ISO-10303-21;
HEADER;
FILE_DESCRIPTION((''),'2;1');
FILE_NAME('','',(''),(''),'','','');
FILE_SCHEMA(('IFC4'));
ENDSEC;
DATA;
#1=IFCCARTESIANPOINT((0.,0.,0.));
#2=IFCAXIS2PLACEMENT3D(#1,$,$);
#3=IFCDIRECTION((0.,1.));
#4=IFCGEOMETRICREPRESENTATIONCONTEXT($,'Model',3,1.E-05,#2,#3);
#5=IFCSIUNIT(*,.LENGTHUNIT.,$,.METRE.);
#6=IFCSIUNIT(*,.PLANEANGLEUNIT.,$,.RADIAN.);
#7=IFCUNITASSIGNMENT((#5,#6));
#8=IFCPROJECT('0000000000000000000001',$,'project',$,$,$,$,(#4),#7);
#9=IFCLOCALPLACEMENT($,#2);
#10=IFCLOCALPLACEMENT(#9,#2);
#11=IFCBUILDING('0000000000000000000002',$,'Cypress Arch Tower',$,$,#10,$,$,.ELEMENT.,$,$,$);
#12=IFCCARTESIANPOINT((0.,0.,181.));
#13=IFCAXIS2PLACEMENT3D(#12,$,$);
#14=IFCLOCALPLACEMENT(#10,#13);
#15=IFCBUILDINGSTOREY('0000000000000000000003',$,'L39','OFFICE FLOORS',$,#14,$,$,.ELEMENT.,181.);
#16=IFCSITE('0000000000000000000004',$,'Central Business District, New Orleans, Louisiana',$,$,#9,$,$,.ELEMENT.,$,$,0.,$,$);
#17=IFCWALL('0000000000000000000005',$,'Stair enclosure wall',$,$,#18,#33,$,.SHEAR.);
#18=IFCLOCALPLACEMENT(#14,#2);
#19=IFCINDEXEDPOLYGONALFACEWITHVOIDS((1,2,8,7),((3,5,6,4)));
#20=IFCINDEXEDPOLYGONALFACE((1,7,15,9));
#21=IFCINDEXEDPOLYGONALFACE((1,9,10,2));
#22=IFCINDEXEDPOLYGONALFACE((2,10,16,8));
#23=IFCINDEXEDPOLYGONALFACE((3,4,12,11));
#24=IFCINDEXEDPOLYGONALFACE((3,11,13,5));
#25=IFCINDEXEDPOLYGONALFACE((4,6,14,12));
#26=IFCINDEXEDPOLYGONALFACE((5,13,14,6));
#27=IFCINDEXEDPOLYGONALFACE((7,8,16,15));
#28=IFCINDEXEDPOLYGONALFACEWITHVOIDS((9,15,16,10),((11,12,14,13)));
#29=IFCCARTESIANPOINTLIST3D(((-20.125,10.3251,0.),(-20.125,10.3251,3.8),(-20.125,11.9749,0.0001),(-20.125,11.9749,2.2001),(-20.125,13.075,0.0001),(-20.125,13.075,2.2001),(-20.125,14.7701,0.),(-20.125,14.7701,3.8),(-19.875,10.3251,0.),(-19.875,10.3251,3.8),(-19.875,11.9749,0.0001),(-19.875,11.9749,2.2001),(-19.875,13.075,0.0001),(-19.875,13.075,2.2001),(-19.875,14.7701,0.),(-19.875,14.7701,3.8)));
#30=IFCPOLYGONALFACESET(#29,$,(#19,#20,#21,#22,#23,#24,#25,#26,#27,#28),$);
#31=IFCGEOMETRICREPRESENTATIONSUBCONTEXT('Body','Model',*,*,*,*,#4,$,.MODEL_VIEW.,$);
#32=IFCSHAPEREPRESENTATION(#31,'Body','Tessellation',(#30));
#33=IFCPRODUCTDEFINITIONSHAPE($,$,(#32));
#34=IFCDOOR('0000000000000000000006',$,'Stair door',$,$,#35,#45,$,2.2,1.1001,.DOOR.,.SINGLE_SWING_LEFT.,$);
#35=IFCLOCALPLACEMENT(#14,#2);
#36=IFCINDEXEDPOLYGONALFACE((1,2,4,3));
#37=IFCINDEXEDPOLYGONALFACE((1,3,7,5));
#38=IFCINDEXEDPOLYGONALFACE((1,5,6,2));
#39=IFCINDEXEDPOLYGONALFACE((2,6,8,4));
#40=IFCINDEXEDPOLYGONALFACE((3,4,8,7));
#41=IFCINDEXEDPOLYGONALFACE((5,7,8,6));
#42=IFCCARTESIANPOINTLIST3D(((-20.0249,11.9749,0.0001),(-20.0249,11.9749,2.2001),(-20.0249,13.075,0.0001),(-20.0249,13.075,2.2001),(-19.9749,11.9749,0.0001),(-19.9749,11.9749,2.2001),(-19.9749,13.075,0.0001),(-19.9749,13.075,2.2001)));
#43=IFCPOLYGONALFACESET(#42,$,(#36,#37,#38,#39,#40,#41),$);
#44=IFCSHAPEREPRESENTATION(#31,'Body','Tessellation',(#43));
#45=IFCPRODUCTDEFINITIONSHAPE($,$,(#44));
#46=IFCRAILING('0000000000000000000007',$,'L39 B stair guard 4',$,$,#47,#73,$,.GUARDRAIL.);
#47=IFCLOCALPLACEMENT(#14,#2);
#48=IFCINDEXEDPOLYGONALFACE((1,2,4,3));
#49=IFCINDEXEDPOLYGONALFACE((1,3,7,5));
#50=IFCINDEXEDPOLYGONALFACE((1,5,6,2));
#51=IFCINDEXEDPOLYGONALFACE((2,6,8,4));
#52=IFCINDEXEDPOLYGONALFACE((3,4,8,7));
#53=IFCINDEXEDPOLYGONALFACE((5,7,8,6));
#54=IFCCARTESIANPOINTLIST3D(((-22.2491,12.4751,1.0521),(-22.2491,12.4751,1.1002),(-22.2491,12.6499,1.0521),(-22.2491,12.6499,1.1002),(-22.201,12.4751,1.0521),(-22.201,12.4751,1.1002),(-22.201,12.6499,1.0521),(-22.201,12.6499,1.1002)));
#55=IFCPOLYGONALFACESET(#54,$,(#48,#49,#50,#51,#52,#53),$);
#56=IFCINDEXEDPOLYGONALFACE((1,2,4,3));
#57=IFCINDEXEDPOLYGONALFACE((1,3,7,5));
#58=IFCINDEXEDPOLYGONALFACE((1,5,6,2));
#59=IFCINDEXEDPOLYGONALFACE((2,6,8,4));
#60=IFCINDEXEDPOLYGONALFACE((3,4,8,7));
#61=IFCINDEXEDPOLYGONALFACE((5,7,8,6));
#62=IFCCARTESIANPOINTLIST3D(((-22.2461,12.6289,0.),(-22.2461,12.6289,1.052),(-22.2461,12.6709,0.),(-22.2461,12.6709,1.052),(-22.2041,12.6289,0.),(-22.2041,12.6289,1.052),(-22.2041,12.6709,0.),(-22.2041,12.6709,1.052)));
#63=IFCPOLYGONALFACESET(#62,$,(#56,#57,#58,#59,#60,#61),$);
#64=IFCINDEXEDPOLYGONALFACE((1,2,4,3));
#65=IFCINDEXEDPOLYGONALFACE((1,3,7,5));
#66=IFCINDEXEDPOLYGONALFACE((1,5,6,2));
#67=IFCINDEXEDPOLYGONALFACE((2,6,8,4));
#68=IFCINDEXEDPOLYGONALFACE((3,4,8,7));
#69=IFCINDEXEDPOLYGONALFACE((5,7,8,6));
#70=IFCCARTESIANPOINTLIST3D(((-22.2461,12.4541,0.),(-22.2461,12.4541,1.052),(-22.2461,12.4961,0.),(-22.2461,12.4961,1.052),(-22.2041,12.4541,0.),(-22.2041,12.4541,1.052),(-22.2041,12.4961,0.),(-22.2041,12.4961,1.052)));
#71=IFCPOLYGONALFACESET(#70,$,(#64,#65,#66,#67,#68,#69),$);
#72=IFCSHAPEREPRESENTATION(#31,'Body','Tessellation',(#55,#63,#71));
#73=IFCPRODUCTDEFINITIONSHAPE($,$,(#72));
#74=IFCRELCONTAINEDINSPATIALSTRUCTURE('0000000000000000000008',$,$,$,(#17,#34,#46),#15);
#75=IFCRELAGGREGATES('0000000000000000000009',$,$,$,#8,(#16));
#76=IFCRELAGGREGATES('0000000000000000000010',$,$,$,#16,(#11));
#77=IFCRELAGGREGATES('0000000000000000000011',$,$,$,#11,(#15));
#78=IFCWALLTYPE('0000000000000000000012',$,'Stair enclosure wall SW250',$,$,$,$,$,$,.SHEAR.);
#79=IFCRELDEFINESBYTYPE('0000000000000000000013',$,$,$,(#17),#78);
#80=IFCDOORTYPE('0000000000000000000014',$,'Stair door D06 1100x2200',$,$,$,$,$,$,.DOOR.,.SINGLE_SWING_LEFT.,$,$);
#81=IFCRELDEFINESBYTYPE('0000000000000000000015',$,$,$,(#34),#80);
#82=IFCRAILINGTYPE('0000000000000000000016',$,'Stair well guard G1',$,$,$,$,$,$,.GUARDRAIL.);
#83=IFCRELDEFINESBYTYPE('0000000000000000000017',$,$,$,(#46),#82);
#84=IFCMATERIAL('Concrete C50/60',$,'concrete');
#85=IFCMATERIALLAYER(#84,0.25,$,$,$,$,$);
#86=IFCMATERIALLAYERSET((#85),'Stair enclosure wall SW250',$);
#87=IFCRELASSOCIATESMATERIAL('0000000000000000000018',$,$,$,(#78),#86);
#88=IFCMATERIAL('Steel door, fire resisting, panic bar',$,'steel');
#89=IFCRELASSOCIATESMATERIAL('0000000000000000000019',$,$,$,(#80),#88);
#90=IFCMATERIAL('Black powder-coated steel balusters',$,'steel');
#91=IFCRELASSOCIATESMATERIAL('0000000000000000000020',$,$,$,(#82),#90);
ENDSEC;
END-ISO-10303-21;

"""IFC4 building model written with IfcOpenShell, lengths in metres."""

from ifc_helpers import new_model, si_unit, direction, frame, frame_2d, origin, origin_2d, place, context, subcontext, project, spatial, rectangle, extrude, material, layer, layer_set, type_object, element, fill, save


model = new_model("IFC4")

# Units and contexts
model_context = context("Model", 3, precision=1e-05, world=origin(), true_north=direction((0.0, 1.0)))
body_context = subcontext(model_context, "Body", "Model", "MODEL_VIEW")
ifc_project = project(units=[si_unit("LENGTHUNIT", "METRE"), si_unit("PLANEANGLEUNIT", "RADIAN")], contexts=[model_context])

# Site, building, storey
site_placement = place(None, origin())
site = spatial("IfcSite", under=ifc_project, at=site_placement, Name="Central Business District, New Orleans, Louisiana", CompositionType="ELEMENT", RefElevation=0.0)
building_placement = place(site_placement, origin())
building = spatial("IfcBuilding", under=site, at=building_placement, Name="Cypress Arch Tower", CompositionType="ELEMENT")
storey_placement = place(building_placement, frame((0.0, 0.0, 181.0)))
storey = spatial("IfcBuildingStorey", under=building, at=storey_placement, Name="L39", Description="OFFICE FLOORS", CompositionType="ELEMENT", Elevation=181.0)

# Wall, opening, door
ifc_material_1 = material(Name="Concrete C50/60", Category="concrete")
ifc_layer_1 = layer(ifc_material_1, 0.25)
ifc_layer_set_1 = layer_set([ifc_layer_1], Name="Stair enclosure wall SW250")
wall_type_1 = type_object("IfcWallType", Name="Stair enclosure wall SW250", PredefinedType="SHEAR", material=ifc_layer_set_1)
wall_1_placement = place(storey_placement, frame((-20.0, 10.325, 0.0), z_axis=(0.0, 0.0, 1.0), x_axis=(0.0, 1.0, 0.0)))
wall_1 = element("IfcWall", 1, at=wall_1_placement, inside=storey, type_object=wall_type_1, Name="Stair enclosure wall", PredefinedType="SHEAR", context=body_context, shape_type="SweptSolid", body=[
    extrude(rectangle(XDim=4.4451, YDim=0.25, at=frame_2d((2.2227, 0.0))), origin(), (0.0, 0.0, 1.0), 3.8),
])
opening_1_placement = place(wall_1_placement, frame((1.6499, 0.0, 0.0)))
opening_1 = element("IfcOpeningElement", 2, at=opening_1_placement, cuts=wall_1, PredefinedType="OPENING", context=body_context, shape_type="SweptSolid", body=[
    extrude(rectangle(XDim=1.1001, YDim=2.2, at=frame_2d((0.55, 1.1001))), frame((0.0, 0.135, 0.0), z_axis=(0.0, -1.0, 0.0), x_axis=(1.0, 0.0, 0.0)), (0.0, 0.0, 1.0), 0.27),
])
ifc_material_2 = material(Name="Steel door, fire resisting, panic bar", Category="steel")
door_type_1 = type_object("IfcDoorType", Name="Stair door D06 1100x2200", OperationType="SINGLE_SWING_LEFT", PredefinedType="DOOR", material=ifc_material_2)
door_1_placement = place(opening_1_placement, origin())
door_1 = element("IfcDoor", 3, at=door_1_placement, inside=storey, type_object=door_type_1, Name="Stair door", OperationType="SINGLE_SWING_LEFT", OverallHeight=2.2, OverallWidth=1.1001, PredefinedType="DOOR", context=body_context, shape_type="SweptSolid", body=[
    extrude(rectangle(XDim=1.1001, YDim=2.2, at=frame_2d((0.55, 1.1001))), frame((0.0, 0.0249, 0.0), z_axis=(0.0, -1.0, 0.0), x_axis=(1.0, 0.0, 0.0)), (0.0, 0.0, 1.0), 0.05),
])
fill(opening_1, door_1)

# Railing
ifc_material_3 = material(Name="Black powder-coated steel balusters", Category="steel")
railing_type = type_object("IfcRailingType", Name="Stair well guard G1", PredefinedType="GUARDRAIL", material=ifc_material_3)
railing_placement = place(storey_placement, frame((-22.2251, 12.6499, 0.0)))
element("IfcRailing", 4, at=railing_placement, inside=storey, type_object=railing_type, Name="L39 B stair guard 4", PredefinedType="GUARDRAIL", context=body_context, shape_type="SweptSolid", body=[
    extrude(rectangle(XDim=0.0481, YDim=0.0481, at=origin_2d()), frame((0.0, 0.0, 1.0762), z_axis=(0.0, -1.0, 0.0), x_axis=(1.0, 0.0, 0.0)), (0.0, 0.0, 1.0), 0.1748),
    extrude(rectangle(XDim=0.042, YDim=0.042, at=origin_2d()), origin(), (0.0, 0.0, 1.0), 1.052),
    extrude(rectangle(XDim=0.042, YDim=0.042, at=origin_2d()), frame((0.0, -0.1748, 0.0)), (0.0, 0.0, 1.0), 1.052),
])

save(model, "model.ifc")
